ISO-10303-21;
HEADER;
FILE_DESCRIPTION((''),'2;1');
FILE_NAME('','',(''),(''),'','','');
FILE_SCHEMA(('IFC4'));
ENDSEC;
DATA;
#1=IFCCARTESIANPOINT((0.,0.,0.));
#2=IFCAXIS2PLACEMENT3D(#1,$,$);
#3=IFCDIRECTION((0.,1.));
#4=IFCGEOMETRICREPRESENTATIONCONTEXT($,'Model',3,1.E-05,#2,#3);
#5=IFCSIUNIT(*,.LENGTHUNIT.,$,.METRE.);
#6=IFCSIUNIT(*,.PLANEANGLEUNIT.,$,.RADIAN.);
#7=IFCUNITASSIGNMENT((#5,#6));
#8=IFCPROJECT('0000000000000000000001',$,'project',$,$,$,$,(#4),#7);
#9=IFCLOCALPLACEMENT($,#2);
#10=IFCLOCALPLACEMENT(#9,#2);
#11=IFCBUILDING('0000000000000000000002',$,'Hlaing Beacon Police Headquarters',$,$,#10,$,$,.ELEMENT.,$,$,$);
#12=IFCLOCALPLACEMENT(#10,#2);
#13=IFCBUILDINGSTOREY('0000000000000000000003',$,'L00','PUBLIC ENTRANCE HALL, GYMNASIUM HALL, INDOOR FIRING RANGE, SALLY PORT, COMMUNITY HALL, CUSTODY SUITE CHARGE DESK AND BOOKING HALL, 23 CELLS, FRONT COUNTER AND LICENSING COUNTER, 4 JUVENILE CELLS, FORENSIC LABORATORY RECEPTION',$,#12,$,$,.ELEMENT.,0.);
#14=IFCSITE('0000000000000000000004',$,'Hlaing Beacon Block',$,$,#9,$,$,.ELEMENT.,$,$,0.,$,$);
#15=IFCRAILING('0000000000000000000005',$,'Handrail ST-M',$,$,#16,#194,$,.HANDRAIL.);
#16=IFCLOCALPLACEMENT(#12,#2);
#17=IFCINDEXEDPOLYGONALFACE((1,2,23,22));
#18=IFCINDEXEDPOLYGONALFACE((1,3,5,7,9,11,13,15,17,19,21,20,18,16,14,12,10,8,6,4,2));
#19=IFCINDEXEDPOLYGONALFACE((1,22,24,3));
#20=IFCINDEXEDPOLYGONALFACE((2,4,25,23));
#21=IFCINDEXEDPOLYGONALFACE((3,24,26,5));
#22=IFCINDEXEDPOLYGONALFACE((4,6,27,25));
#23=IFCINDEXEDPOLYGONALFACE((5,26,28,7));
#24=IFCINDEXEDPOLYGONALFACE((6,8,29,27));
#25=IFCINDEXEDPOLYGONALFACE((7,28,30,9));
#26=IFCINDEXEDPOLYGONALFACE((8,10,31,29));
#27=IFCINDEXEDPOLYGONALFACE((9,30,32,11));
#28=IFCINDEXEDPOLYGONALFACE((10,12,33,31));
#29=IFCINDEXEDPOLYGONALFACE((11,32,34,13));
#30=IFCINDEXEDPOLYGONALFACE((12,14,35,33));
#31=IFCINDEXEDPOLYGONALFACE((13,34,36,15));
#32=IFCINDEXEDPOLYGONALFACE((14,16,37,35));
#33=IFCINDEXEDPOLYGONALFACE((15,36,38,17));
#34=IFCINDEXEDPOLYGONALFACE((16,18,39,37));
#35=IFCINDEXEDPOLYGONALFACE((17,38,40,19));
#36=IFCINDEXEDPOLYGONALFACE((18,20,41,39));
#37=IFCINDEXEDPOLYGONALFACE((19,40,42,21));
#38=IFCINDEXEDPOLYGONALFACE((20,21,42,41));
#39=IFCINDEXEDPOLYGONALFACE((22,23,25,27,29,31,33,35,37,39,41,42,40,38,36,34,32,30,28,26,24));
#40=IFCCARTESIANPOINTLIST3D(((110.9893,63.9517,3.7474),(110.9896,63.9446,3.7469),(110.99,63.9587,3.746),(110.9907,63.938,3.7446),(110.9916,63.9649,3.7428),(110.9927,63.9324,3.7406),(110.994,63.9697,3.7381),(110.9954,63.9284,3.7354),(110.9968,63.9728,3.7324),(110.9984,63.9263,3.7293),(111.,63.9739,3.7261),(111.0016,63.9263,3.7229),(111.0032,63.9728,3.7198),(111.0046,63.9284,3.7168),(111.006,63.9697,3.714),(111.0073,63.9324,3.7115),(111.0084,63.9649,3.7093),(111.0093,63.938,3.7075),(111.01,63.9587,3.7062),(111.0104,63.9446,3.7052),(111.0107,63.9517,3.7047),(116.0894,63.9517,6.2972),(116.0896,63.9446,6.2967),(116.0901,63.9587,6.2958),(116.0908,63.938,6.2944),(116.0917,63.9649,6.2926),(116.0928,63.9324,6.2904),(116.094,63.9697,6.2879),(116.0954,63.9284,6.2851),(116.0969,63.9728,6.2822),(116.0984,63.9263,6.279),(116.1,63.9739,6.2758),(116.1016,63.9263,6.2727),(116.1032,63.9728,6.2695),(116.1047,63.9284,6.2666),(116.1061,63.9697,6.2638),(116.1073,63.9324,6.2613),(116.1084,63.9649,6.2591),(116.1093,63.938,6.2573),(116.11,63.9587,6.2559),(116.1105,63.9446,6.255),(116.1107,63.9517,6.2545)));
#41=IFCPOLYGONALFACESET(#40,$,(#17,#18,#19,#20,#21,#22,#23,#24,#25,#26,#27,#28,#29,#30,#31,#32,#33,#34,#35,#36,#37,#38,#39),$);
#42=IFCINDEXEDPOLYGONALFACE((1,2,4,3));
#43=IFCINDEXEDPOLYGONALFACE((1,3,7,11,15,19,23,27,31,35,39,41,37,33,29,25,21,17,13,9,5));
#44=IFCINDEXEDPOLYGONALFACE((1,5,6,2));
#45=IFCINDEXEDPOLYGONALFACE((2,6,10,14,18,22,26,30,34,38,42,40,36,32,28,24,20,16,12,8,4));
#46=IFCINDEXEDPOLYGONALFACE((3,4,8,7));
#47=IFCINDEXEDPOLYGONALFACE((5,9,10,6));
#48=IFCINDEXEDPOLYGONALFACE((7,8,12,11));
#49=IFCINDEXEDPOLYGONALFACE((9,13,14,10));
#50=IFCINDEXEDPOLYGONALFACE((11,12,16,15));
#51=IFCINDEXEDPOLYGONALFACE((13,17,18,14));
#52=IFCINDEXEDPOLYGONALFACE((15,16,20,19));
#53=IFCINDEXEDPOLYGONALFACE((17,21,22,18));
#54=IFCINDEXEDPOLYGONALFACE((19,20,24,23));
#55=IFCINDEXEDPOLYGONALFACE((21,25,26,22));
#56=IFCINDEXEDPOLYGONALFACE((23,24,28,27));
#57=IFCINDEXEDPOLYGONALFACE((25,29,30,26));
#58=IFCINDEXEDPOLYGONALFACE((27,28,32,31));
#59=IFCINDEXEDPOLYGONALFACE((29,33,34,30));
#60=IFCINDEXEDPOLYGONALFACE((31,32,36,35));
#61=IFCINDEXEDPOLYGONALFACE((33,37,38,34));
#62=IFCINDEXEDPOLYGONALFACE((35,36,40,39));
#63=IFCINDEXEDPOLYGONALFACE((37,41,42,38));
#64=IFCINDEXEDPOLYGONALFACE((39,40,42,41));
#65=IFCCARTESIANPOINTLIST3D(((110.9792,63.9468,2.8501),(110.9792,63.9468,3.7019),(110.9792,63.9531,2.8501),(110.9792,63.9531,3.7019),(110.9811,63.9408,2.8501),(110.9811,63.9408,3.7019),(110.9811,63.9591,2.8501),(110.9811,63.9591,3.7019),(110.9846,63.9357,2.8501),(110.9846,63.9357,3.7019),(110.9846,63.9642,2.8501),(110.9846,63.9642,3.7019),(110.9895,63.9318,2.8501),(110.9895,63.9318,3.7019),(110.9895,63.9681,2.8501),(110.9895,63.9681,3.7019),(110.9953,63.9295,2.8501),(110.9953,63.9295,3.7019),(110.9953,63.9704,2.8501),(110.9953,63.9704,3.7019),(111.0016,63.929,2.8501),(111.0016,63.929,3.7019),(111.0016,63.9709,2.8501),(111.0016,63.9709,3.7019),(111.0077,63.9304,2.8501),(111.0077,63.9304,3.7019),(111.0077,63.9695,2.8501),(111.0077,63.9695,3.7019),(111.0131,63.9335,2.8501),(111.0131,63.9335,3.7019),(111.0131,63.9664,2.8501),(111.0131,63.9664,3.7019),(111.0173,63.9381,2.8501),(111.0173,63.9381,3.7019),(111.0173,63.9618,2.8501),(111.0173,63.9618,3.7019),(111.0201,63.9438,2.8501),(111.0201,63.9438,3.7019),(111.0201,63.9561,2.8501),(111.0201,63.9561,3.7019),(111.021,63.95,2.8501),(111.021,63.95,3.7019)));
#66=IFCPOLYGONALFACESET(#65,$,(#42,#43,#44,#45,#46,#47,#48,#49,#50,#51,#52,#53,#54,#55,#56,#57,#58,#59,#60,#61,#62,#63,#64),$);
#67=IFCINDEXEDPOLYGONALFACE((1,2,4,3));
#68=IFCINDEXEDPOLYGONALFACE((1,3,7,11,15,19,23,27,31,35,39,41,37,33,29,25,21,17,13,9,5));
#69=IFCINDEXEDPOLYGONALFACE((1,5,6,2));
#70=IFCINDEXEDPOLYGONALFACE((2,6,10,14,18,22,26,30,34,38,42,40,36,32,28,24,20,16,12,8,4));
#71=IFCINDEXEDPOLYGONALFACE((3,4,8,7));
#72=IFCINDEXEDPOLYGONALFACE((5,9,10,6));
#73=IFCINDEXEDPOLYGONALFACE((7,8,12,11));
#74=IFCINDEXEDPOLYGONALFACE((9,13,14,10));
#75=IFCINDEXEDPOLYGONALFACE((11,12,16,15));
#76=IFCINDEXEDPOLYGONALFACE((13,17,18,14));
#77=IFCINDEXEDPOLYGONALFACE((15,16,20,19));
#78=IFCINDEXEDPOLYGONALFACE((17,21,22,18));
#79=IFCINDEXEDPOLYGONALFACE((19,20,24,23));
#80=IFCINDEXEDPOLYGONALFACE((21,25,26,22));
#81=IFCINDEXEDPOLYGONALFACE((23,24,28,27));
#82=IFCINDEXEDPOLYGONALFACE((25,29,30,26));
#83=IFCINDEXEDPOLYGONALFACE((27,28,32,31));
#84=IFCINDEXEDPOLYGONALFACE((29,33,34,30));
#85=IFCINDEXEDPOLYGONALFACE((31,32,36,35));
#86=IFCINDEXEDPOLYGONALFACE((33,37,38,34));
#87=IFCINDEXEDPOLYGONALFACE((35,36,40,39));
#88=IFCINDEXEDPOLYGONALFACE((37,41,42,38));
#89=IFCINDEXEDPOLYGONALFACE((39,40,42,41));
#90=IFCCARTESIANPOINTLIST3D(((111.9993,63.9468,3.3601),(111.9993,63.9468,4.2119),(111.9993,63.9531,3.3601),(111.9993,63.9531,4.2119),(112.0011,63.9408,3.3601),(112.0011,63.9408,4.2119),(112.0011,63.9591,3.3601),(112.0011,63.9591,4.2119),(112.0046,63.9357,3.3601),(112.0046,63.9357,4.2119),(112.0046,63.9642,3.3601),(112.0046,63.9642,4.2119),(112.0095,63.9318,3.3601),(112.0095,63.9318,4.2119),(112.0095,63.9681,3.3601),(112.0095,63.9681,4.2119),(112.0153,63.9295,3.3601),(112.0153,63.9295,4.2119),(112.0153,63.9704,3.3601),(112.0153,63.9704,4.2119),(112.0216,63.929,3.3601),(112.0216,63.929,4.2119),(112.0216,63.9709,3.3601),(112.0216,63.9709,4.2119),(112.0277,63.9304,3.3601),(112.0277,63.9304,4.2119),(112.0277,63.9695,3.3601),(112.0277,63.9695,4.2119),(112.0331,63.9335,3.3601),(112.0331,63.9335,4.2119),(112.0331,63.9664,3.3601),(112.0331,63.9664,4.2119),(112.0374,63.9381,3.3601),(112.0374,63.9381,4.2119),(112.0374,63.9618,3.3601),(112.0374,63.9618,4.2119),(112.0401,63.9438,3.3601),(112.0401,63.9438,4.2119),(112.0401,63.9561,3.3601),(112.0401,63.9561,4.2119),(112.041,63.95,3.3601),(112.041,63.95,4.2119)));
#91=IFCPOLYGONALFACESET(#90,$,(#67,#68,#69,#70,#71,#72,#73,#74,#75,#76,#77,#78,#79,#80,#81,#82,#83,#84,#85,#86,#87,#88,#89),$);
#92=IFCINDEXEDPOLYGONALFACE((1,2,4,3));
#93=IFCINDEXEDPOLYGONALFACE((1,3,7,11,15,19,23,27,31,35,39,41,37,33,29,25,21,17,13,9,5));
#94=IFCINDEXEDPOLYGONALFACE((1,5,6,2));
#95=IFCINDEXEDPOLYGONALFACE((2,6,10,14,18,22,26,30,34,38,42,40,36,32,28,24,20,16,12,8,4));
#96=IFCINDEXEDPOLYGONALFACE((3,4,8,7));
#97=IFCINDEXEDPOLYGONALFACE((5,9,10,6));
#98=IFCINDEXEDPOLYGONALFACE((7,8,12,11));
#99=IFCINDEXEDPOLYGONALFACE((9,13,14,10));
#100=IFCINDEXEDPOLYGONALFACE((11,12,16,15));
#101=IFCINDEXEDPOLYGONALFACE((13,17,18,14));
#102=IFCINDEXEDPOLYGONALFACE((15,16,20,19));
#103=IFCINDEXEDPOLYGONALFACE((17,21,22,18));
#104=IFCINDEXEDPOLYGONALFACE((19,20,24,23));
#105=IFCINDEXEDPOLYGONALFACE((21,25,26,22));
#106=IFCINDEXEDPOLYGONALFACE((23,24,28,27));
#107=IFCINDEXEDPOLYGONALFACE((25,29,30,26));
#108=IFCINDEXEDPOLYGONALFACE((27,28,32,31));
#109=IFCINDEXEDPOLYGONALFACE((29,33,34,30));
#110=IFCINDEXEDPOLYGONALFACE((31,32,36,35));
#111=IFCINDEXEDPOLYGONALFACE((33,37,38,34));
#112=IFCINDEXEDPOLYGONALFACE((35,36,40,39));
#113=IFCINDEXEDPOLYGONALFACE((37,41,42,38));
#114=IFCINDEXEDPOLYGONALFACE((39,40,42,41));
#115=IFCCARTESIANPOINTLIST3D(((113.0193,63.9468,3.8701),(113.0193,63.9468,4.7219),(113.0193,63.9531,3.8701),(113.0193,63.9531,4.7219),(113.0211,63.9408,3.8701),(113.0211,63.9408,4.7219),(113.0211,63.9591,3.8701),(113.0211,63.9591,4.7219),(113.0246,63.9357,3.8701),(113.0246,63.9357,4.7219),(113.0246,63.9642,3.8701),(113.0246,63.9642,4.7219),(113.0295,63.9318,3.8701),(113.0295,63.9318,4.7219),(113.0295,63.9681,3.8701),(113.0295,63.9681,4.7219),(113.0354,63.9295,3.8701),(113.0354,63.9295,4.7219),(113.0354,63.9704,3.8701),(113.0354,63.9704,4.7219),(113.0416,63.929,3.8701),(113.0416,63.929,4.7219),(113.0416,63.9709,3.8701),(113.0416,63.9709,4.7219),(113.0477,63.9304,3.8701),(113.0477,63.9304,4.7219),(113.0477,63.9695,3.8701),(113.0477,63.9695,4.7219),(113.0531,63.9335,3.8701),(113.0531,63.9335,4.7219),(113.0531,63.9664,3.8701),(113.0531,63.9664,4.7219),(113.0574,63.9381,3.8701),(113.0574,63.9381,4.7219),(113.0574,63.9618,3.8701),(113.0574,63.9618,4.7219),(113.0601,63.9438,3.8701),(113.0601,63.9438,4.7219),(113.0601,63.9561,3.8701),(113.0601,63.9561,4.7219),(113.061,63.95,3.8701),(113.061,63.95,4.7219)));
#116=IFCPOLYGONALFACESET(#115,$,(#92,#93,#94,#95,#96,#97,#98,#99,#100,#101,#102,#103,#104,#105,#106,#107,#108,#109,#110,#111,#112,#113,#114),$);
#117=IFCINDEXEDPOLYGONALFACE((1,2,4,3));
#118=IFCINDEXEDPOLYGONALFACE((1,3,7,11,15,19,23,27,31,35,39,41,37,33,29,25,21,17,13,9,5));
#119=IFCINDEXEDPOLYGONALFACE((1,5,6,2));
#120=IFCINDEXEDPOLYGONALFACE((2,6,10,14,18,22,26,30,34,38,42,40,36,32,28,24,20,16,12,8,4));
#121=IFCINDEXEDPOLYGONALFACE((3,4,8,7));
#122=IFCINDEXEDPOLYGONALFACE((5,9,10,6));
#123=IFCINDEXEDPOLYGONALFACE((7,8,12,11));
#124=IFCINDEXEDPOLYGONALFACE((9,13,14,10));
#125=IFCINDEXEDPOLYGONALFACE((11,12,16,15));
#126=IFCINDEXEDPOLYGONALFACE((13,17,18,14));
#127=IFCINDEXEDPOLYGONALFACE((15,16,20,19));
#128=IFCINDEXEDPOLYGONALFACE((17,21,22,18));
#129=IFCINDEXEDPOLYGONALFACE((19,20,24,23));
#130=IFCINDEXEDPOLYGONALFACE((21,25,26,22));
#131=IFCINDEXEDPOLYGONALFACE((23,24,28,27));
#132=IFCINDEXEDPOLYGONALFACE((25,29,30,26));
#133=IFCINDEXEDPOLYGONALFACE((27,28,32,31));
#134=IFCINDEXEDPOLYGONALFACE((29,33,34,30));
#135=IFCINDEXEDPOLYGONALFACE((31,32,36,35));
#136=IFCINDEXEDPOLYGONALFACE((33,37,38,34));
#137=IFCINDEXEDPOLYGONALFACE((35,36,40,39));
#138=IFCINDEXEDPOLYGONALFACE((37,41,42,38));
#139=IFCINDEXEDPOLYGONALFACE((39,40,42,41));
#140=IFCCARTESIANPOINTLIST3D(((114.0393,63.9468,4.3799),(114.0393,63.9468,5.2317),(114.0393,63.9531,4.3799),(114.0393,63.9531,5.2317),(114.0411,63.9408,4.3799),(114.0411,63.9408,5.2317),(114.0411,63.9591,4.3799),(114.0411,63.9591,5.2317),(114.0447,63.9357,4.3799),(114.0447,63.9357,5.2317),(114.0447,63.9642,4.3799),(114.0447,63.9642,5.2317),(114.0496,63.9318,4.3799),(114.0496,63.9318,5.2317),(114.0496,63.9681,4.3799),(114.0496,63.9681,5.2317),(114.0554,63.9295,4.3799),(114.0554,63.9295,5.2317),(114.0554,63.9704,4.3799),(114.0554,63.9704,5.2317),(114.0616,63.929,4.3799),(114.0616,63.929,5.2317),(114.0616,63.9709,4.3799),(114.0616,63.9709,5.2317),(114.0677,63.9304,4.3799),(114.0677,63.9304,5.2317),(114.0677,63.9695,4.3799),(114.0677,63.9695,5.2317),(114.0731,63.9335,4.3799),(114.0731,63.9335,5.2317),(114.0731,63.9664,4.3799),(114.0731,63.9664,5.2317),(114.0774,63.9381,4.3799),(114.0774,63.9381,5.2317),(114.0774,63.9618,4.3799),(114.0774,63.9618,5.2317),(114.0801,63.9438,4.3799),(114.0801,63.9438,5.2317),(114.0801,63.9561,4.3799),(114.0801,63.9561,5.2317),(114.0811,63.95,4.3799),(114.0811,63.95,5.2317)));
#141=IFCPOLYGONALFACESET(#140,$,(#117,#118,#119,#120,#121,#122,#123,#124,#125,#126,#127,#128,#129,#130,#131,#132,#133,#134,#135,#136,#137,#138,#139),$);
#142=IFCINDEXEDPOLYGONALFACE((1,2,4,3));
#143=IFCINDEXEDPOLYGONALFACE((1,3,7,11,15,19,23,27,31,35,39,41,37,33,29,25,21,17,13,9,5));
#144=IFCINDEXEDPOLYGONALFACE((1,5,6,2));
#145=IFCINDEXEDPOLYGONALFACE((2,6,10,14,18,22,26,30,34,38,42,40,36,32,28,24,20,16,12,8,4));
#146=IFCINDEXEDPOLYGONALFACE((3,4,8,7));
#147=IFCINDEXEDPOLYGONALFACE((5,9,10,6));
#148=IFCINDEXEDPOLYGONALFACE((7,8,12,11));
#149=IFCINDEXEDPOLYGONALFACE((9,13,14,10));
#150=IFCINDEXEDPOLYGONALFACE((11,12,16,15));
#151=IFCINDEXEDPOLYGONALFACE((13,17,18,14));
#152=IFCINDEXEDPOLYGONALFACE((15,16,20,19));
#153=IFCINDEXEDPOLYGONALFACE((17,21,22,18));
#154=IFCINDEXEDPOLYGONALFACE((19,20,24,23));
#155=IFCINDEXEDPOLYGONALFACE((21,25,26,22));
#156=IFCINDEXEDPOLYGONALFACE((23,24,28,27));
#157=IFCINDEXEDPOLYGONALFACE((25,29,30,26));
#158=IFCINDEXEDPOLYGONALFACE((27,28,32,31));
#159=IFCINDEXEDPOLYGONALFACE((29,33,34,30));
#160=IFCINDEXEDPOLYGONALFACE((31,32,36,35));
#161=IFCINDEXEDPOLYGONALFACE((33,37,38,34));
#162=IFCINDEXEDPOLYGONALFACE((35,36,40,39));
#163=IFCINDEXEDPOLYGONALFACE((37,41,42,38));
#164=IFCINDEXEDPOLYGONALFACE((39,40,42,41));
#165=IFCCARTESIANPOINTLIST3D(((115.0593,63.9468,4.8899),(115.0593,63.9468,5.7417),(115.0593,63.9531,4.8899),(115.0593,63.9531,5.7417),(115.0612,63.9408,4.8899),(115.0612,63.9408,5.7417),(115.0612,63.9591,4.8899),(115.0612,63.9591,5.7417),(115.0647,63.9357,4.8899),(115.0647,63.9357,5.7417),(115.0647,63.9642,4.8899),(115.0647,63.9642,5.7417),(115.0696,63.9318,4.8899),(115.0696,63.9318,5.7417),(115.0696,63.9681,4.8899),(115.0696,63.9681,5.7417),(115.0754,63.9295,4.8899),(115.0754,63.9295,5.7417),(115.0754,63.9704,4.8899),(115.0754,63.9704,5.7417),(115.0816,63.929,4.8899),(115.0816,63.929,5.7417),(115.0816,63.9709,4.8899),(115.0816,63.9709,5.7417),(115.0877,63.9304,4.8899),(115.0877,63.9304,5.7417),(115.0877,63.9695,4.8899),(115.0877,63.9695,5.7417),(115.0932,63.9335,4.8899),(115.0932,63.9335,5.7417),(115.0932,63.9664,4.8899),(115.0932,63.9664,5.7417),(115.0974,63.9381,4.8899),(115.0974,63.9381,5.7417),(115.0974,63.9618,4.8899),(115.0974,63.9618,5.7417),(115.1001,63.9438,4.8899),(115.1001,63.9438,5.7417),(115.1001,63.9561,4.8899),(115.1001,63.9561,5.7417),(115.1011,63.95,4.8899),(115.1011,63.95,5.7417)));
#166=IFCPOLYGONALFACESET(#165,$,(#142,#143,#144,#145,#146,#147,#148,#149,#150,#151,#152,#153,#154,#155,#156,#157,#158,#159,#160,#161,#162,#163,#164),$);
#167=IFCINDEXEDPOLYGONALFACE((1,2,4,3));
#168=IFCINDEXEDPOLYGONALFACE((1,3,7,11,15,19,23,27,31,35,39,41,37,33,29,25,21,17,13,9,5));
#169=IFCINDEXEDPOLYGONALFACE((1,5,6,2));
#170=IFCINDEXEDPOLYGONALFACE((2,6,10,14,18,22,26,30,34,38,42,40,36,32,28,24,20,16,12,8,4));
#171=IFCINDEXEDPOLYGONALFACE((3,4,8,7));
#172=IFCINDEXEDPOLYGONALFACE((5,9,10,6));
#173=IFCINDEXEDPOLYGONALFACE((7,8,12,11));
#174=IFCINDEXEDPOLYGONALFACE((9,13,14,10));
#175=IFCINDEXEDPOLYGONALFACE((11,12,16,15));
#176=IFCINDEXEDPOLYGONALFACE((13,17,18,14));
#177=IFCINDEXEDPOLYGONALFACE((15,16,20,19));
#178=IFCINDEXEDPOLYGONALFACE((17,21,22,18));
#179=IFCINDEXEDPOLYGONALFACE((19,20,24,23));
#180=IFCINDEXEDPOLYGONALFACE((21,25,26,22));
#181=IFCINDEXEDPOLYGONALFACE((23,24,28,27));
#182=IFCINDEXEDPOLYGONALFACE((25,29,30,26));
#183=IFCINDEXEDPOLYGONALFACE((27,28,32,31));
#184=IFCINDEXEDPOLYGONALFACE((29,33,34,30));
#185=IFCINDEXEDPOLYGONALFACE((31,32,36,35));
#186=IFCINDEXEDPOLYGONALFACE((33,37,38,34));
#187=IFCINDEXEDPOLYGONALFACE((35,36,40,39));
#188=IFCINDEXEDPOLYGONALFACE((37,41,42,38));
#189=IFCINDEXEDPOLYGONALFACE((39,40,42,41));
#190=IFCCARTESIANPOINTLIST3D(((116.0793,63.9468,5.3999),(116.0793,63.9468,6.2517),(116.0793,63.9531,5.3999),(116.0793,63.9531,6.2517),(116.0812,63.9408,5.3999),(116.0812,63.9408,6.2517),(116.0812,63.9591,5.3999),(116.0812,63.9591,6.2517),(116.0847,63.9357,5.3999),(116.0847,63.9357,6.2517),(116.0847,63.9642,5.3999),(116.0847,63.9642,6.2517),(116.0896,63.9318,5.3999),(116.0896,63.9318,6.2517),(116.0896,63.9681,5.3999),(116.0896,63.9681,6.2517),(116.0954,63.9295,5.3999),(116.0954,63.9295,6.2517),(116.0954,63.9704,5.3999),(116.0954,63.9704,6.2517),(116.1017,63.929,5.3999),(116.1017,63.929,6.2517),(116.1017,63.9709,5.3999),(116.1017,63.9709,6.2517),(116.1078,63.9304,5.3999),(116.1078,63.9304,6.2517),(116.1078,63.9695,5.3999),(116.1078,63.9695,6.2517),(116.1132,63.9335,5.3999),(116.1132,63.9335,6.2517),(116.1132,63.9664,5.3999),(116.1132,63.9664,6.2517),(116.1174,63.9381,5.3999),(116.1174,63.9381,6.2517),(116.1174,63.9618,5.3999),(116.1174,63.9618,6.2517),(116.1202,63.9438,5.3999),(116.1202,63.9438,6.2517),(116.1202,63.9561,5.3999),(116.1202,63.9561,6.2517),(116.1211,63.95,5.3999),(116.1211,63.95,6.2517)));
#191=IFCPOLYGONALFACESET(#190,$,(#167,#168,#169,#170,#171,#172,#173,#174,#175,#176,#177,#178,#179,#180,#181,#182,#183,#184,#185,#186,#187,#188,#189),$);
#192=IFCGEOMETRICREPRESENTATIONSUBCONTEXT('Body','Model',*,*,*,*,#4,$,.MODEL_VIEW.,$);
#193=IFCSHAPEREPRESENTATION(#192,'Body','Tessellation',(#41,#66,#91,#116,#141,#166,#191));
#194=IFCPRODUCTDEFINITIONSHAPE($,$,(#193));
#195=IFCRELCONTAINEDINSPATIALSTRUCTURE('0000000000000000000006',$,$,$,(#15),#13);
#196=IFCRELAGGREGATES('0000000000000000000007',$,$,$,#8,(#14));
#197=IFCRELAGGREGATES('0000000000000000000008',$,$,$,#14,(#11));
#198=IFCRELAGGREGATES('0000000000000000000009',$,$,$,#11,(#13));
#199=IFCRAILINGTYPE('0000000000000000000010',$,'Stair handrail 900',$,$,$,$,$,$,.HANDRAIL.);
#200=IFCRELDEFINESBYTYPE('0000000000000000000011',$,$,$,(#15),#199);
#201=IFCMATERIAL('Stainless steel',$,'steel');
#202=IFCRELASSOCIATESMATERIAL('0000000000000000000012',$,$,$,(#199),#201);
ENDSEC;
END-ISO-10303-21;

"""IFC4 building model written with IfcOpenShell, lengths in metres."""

from ifc_helpers import new_model, si_unit, direction, frame, origin, origin_2d, place, context, subcontext, project, spatial, circle, extrude, material, type_object, element, save


model = new_model("IFC4")

# Units and contexts
model_context = context("Model", 3, precision=1e-05, world=origin(), true_north=direction((0.0, 1.0)))
body_context = subcontext(model_context, "Body", "Model", "MODEL_VIEW")
ifc_project = project(units=[si_unit("LENGTHUNIT", "METRE"), si_unit("PLANEANGLEUNIT", "RADIAN")], contexts=[model_context])

# Site, building, storey
site_placement = place(None, origin())
site = spatial("IfcSite", under=ifc_project, at=site_placement, Name="Hlaing Beacon Block", CompositionType="ELEMENT", RefElevation=0.0)
building_placement = place(site_placement, origin())
building = spatial("IfcBuilding", under=site, at=building_placement, Name="Hlaing Beacon Police Headquarters", CompositionType="ELEMENT")
storey_placement = place(building_placement, origin())
storey = spatial("IfcBuildingStorey", under=building, at=storey_placement, Name="L00", Description="PUBLIC ENTRANCE HALL, GYMNASIUM HALL, INDOOR FIRING RANGE, SALLY PORT, COMMUNITY HALL, CUSTODY SUITE CHARGE DESK AND BOOKING HALL, 23 CELLS, FRONT COUNTER AND LICENSING COUNTER, 4 JUVENILE CELLS, FORENSIC LABORATORY RECEPTION", CompositionType="ELEMENT", Elevation=0.0)

# Railing
ifc_material_1 = material(Name="Stainless steel", Category="steel")
railing_type = type_object("IfcRailingType", Name="Stair handrail 900", PredefinedType="HANDRAIL", material=ifc_material_1)
for number, where, name in (
    (1, (111.0, 63.95, 2.8501), "Handrail ST-M"),
):
    element("IfcRailing", number, at=place(storey_placement, frame(where)), inside=storey, type_object=railing_type, Name=name, PredefinedType="HANDRAIL", context=body_context, shape_type="SweptSolid", body=[
        extrude(circle(Radius=0.0239, at=origin_2d()), frame((0.0, 0.0, 0.876), z_axis=(0.894444, 0.0, 0.447179), x_axis=(0.0, 1.0, 0.0)), (0.0, 0.0, 1.0), 5.7019),
        extrude(circle(Radius=0.021, at=origin_2d()), origin(), (0.0, 0.0, 1.0), 0.8518),
        extrude(circle(Radius=0.021, at=origin_2d()), frame((1.02, 0.0, 0.51)), (0.0, 0.0, 1.0), 0.8518),
        extrude(circle(Radius=0.021, at=origin_2d()), frame((2.04, 0.0, 1.02)), (0.0, 0.0, 1.0), 0.8518),
        extrude(circle(Radius=0.021, at=origin_2d()), frame((3.0601, 0.0, 1.5298)), (0.0, 0.0, 1.0), 0.8518),
        extrude(circle(Radius=0.021, at=origin_2d()), frame((4.0801, 0.0, 2.0398)), (0.0, 0.0, 1.0), 0.8518),
        extrude(circle(Radius=0.021, at=origin_2d()), frame((5.1001, 0.0, 2.5498)), (0.0, 0.0, 1.0), 0.8518),
    ])

save(model, "model.ifc")
